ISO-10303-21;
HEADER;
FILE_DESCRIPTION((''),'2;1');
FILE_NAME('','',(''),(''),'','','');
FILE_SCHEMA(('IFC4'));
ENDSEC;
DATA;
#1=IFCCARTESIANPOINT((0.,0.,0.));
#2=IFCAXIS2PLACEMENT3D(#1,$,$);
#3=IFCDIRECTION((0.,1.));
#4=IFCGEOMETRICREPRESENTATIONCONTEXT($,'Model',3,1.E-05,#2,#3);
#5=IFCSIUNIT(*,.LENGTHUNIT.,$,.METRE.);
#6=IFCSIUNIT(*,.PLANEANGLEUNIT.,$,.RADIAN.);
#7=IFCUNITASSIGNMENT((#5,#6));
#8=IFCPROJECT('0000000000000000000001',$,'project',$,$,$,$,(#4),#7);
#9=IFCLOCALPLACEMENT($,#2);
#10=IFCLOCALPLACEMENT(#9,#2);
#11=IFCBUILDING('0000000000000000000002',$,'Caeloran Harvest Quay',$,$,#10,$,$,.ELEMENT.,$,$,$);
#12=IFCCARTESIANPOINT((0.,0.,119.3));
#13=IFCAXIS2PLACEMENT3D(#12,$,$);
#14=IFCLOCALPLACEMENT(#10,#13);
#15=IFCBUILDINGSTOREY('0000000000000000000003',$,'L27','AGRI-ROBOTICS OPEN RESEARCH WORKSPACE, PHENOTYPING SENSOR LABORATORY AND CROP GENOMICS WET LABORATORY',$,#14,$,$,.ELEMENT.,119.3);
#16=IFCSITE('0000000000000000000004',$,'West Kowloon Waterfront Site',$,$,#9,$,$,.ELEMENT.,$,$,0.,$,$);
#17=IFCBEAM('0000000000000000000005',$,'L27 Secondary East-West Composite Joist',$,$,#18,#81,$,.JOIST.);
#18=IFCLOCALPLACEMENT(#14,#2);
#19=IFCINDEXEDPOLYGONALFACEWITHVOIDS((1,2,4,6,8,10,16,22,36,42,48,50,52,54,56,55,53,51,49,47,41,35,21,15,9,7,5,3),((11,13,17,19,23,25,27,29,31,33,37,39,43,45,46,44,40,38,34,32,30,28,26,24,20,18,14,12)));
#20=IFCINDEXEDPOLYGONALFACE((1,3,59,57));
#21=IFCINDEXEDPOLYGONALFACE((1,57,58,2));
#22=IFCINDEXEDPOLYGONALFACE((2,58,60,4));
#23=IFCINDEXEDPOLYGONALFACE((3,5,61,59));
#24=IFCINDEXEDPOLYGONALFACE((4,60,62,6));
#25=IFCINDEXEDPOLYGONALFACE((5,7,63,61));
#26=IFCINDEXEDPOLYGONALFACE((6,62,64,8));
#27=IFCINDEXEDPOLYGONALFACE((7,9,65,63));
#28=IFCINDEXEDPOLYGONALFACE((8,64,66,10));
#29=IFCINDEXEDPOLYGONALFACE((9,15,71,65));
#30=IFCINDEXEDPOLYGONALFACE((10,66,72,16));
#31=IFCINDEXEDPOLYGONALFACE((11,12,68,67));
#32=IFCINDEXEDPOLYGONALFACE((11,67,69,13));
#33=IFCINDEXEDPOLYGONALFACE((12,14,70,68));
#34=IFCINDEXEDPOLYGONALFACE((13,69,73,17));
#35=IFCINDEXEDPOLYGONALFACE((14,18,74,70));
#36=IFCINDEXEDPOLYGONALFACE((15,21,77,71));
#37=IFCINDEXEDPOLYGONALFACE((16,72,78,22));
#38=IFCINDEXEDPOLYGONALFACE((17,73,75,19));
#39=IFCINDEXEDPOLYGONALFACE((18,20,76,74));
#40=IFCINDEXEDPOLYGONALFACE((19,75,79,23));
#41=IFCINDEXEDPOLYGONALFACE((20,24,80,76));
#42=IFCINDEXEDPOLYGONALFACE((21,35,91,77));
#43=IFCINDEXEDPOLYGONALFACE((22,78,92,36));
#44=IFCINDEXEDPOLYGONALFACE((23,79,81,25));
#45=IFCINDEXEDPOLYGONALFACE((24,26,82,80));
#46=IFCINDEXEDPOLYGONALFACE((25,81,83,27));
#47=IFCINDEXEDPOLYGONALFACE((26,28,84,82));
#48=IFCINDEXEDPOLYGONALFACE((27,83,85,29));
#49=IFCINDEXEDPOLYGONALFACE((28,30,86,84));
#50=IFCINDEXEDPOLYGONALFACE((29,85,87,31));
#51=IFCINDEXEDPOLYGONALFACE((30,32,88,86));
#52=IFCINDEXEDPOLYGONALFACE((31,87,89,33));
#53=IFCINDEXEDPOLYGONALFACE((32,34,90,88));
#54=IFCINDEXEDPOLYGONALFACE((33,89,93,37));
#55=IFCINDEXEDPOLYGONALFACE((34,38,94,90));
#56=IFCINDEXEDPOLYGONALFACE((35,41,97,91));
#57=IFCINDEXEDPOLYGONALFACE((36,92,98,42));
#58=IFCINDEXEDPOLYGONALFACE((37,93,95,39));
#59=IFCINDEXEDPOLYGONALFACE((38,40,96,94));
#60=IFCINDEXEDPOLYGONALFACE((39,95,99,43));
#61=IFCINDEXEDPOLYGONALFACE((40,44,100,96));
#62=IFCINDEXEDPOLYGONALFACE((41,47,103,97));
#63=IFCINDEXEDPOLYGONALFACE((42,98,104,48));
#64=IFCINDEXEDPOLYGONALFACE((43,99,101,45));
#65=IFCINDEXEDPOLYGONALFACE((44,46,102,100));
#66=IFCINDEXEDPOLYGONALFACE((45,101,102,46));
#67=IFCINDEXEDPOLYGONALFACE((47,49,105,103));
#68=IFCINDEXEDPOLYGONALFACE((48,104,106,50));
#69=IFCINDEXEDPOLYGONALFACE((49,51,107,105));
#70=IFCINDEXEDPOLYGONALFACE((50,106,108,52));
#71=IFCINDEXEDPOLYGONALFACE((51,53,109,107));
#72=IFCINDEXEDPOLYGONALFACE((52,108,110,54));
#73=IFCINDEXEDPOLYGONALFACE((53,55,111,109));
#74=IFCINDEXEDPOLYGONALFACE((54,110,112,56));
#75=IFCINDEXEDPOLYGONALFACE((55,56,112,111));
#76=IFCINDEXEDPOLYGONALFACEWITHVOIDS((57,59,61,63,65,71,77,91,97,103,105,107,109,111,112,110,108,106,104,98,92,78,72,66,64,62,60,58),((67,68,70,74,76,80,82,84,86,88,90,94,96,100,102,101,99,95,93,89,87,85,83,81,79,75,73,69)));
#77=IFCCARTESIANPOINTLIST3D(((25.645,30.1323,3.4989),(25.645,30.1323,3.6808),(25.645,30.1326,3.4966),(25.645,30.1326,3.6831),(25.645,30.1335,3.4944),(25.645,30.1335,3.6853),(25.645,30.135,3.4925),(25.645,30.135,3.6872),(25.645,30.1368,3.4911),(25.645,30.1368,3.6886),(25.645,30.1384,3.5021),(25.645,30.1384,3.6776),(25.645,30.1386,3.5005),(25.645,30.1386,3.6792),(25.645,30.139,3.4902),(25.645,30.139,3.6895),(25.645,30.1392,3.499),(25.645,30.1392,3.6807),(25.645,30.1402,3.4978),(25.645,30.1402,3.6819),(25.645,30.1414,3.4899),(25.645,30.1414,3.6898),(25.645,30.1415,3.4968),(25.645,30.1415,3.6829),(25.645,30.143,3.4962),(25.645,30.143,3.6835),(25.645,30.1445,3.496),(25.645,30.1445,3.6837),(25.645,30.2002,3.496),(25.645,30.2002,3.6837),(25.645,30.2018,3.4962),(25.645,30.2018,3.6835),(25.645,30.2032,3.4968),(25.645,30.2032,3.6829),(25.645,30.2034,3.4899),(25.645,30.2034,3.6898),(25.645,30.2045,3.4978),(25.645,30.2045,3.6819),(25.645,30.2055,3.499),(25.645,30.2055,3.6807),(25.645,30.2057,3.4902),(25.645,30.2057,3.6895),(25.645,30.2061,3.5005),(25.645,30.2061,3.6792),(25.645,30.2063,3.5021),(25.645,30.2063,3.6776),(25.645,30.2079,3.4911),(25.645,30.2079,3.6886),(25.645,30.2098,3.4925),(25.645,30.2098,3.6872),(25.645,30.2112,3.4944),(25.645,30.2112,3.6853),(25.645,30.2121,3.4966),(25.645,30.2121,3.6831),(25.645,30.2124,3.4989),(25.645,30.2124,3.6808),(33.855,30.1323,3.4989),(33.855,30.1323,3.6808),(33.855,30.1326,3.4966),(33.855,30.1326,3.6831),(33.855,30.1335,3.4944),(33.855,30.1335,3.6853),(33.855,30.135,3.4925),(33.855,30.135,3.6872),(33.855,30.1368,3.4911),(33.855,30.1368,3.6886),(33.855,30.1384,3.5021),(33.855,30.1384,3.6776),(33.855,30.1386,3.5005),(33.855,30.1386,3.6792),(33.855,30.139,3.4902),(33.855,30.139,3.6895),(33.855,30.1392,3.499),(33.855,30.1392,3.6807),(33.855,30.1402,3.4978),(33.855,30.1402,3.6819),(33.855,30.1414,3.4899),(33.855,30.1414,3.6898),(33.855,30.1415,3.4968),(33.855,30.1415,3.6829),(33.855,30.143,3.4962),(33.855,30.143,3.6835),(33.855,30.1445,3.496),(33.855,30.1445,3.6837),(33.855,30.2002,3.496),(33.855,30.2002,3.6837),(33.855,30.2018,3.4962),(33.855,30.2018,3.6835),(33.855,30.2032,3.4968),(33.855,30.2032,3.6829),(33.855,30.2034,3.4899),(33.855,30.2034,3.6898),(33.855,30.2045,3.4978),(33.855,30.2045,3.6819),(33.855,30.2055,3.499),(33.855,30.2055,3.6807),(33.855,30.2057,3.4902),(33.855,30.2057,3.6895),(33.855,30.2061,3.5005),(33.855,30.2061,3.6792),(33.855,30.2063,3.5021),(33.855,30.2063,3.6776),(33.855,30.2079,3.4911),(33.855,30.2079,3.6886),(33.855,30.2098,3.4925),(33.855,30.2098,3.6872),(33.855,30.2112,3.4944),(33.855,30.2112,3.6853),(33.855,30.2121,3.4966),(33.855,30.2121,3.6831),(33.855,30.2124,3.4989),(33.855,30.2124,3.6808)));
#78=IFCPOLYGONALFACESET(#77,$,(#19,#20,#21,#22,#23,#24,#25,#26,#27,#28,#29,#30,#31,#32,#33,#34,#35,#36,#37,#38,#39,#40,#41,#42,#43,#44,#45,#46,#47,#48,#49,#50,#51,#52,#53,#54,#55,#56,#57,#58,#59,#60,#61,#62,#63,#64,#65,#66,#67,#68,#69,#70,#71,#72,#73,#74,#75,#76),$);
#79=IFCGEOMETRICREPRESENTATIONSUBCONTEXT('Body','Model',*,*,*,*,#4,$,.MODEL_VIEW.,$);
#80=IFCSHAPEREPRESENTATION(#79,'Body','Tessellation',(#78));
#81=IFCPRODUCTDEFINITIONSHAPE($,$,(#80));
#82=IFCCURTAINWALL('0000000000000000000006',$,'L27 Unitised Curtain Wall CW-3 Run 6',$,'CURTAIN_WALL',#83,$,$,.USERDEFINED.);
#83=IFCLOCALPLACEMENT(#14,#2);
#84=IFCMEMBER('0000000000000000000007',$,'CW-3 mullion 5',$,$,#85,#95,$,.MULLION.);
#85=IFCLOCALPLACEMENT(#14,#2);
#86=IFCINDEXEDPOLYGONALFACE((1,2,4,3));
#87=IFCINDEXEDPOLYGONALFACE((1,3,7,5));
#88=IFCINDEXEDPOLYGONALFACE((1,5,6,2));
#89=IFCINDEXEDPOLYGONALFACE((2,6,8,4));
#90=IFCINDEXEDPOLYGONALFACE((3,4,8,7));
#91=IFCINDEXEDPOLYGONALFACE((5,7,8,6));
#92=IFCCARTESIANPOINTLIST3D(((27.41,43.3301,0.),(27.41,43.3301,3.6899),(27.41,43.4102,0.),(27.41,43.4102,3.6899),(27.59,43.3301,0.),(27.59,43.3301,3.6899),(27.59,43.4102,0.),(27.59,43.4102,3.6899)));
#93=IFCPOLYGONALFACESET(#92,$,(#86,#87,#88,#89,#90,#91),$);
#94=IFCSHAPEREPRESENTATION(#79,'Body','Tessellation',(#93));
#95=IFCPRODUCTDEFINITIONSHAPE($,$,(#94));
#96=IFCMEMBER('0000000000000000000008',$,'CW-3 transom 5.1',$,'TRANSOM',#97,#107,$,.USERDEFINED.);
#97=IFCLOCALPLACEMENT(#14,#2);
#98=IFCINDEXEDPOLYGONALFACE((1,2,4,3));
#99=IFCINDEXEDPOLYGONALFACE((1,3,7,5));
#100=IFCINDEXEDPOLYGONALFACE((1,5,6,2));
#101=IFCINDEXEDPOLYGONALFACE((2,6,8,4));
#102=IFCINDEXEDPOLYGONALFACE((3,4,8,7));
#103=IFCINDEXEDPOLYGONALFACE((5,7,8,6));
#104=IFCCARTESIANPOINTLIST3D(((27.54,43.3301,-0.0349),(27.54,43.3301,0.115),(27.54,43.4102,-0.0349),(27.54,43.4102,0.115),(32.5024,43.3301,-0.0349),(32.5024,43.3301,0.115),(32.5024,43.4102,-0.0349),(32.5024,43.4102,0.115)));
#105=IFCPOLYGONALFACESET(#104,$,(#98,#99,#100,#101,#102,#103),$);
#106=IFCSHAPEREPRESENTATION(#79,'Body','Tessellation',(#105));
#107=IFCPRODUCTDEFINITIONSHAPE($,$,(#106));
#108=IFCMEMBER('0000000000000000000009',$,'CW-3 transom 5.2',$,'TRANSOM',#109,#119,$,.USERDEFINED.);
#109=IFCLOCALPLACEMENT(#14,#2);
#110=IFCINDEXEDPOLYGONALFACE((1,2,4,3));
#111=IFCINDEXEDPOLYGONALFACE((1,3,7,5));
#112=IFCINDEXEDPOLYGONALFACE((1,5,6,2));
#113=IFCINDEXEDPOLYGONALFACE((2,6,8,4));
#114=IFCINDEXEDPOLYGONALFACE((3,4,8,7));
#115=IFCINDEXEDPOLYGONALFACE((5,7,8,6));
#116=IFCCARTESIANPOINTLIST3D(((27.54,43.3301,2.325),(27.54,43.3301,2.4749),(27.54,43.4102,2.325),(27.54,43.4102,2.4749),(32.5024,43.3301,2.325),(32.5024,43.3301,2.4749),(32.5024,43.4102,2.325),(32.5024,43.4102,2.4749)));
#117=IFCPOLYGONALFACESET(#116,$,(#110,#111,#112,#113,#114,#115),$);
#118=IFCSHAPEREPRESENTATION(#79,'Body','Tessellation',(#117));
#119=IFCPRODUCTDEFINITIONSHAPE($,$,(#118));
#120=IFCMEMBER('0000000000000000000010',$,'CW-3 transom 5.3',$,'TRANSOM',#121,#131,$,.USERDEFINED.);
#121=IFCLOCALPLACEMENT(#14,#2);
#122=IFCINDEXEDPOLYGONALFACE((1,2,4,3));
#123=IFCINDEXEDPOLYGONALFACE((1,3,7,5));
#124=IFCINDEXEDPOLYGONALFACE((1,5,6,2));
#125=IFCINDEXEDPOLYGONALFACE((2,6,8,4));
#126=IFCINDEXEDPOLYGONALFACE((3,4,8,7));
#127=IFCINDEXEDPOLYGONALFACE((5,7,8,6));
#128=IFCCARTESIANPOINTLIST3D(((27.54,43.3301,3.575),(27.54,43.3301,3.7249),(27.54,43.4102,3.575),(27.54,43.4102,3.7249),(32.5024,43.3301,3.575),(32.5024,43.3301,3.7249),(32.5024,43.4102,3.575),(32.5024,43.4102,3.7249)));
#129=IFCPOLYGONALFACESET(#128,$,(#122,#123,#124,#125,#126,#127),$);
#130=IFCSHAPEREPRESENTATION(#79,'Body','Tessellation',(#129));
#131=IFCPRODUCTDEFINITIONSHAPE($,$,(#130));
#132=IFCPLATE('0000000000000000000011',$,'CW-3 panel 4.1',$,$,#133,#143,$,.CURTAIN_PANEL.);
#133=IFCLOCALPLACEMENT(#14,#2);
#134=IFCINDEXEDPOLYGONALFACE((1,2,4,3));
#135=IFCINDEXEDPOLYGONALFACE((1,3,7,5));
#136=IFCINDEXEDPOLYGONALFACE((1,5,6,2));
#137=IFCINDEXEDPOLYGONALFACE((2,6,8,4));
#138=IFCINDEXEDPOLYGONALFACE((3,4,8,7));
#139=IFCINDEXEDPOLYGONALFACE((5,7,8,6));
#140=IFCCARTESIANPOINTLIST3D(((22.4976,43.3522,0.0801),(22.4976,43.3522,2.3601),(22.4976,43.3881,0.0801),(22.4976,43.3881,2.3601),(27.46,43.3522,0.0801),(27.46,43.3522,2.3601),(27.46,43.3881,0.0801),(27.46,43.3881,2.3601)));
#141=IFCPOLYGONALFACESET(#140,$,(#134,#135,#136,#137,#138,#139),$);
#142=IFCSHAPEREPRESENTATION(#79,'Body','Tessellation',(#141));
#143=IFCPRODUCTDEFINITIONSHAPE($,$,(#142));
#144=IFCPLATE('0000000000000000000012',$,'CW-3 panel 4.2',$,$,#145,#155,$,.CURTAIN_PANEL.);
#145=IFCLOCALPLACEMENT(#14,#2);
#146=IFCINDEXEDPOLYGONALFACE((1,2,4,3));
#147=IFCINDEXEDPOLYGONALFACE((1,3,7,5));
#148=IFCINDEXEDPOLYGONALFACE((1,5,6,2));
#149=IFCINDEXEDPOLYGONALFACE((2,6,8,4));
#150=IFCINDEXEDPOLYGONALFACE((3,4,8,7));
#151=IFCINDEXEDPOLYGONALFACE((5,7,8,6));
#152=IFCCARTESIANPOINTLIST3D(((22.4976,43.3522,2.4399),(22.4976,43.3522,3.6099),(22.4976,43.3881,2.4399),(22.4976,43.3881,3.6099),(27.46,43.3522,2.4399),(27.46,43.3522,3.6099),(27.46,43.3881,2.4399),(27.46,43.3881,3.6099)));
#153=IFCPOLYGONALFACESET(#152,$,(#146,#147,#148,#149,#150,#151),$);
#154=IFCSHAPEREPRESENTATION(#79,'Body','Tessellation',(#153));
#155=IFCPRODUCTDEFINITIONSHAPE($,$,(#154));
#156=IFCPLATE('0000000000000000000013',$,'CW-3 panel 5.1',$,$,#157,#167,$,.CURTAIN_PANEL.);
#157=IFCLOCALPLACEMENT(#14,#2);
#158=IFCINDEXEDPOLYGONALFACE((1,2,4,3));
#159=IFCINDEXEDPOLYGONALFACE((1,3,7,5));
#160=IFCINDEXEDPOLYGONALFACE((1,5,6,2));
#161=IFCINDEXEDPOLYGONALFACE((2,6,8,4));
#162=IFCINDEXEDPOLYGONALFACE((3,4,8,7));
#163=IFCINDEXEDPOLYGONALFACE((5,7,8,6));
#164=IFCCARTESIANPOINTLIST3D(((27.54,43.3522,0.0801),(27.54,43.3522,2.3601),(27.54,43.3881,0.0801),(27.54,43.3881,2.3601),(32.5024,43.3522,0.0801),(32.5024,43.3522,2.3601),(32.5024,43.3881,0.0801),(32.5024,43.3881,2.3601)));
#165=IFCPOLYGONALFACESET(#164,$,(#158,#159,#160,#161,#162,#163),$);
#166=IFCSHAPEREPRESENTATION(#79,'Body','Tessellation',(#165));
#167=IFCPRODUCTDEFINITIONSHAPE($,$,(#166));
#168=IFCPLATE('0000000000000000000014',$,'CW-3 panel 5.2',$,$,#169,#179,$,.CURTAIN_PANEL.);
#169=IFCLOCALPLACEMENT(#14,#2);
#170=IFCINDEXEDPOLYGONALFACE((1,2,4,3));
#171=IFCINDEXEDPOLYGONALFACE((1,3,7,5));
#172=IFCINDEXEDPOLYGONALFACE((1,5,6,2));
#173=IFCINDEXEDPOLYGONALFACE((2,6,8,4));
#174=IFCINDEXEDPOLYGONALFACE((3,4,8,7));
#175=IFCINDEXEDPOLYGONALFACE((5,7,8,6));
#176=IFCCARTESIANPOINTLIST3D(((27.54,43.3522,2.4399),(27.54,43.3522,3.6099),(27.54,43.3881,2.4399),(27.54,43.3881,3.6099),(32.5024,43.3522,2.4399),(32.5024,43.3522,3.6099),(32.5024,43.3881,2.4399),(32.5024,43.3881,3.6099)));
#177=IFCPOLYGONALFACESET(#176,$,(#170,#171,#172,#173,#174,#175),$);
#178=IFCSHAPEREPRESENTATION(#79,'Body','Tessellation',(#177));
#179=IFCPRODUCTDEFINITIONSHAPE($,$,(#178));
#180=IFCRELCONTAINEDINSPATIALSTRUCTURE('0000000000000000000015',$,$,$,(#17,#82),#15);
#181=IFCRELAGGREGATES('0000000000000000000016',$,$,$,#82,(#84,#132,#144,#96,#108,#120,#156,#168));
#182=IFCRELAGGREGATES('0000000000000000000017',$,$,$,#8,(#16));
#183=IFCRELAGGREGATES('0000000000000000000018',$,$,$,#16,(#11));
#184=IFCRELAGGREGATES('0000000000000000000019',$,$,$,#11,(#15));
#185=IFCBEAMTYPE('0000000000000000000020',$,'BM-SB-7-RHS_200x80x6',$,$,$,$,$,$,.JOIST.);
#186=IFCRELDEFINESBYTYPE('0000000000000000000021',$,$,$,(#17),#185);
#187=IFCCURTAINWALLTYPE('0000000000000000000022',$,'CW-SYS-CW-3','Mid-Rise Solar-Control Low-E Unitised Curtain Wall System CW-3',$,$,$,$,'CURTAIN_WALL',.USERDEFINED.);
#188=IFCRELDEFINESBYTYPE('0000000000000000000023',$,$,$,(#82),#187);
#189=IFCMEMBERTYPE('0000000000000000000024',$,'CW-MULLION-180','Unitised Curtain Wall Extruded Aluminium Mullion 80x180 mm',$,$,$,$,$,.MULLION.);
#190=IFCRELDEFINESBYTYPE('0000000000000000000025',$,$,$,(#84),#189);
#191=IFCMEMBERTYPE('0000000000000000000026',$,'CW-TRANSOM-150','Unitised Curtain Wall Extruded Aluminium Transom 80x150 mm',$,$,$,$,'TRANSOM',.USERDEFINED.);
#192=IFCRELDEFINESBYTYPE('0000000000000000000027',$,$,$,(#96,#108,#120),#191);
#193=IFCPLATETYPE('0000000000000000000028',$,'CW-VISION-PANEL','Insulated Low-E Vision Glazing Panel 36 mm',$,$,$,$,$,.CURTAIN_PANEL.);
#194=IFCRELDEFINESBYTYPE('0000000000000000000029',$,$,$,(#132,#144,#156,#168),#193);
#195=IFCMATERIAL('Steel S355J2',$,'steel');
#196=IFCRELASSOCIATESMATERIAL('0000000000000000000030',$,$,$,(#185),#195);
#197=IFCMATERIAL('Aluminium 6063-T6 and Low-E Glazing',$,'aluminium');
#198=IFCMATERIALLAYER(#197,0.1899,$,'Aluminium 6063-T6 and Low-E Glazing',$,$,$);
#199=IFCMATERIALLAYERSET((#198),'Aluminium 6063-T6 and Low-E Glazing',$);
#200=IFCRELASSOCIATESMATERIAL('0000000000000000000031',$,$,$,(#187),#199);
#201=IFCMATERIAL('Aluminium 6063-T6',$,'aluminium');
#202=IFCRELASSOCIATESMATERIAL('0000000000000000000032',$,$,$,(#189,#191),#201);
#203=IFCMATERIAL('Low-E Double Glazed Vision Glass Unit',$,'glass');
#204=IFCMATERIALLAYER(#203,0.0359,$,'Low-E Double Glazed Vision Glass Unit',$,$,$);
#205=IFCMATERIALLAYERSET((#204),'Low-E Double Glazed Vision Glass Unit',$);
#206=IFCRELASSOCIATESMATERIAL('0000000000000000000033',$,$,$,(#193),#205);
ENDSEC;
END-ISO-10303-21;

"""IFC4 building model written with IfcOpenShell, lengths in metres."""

from ifc_helpers import new_model, si_unit, direction, frame, origin, origin_2d, place, context, subcontext, project, spatial, rectangle, hollow_rectangle, extrude, material, layer, layer_set, material_profile, profile_set, type_object, element, aggregate, save


model = new_model("IFC4")

# Units and contexts
model_context = context("Model", 3, precision=1e-05, world=origin(), true_north=direction((0.0, 1.0)))
body_context = subcontext(model_context, "Body", "Model", "MODEL_VIEW")
ifc_project = project(units=[si_unit("LENGTHUNIT", "METRE"), si_unit("PLANEANGLEUNIT", "RADIAN")], contexts=[model_context])

# Site, building, storey
site_placement = place(None, origin())
site = spatial("IfcSite", under=ifc_project, at=site_placement, Name="West Kowloon Waterfront Site", CompositionType="ELEMENT", RefElevation=0.0)
building_placement = place(site_placement, origin())
building = spatial("IfcBuilding", under=site, at=building_placement, Name="Caeloran Harvest Quay", CompositionType="ELEMENT")
storey_placement = place(building_placement, frame((0.0, 0.0, 119.3)))
storey = spatial("IfcBuildingStorey", under=building, at=storey_placement, Name="L27", Description="AGRI-ROBOTICS OPEN RESEARCH WORKSPACE, PHENOTYPING SENSOR LABORATORY AND CROP GENOMICS WET LABORATORY", CompositionType="ELEMENT", Elevation=119.3)

# Beam
ifc_material_1 = material(Name="Steel S355J2", Category="steel")
ifc_material_profile_1 = material_profile(ifc_material_1, hollow_rectangle(XDim=0.0801, YDim=0.2, WallThickness=0.0061, InnerFilletRadius=0.0061, OuterFilletRadius=0.009, at=origin_2d()), Name="RHS 200x80x6")
ifc_profile_set_1 = profile_set([ifc_material_profile_1], Name="Steel S355J2")
beam_type_1 = type_object("IfcBeamType", Name="BM-SB-7-RHS_200x80x6", PredefinedType="JOIST", material=ifc_profile_set_1)
beam_1_placement = place(storey_placement, frame((25.645, 30.1724, 3.5898), z_axis=(1.0, 0.0, 0.0), x_axis=(0.0, 1.0, 0.0)))
element("IfcBeam", 1, at=beam_1_placement, inside=storey, type_object=beam_type_1, Name="L27 Secondary East-West Composite Joist", PredefinedType="JOIST", context=body_context, shape_type="SweptSolid", body=[
    extrude(hollow_rectangle(XDim=0.0801, YDim=0.2, WallThickness=0.0061, InnerFilletRadius=0.0061, OuterFilletRadius=0.009, at=origin_2d()), origin(), (0.0, 0.0, 1.0), 8.21),
])

# Curtain wall, members, plates
ifc_material_2 = material(Name="Aluminium 6063-T6 and Low-E Glazing", Category="aluminium")
ifc_layer_1 = layer(ifc_material_2, 0.1899, Name="Aluminium 6063-T6 and Low-E Glazing")
ifc_layer_set_1 = layer_set([ifc_layer_1], Name="Aluminium 6063-T6 and Low-E Glazing")
curtain_wall_type = type_object("IfcCurtainWallType", Name="CW-SYS-CW-3", Description="Mid-Rise Solar-Control Low-E Unitised Curtain Wall System CW-3", ElementType="CURTAIN_WALL", PredefinedType="USERDEFINED", material=ifc_layer_set_1)
curtain_wall_placement = place(storey_placement, origin())
curtain_wall = element("IfcCurtainWall", 2, at=curtain_wall_placement, inside=storey, type_object=curtain_wall_type, Name="L27 Unitised Curtain Wall CW-3 Run 6", ObjectType="CURTAIN_WALL", PredefinedType="USERDEFINED")
ifc_material_3 = material(Name="Aluminium 6063-T6", Category="aluminium")
ifc_material_profile_2 = material_profile(ifc_material_3, rectangle(XDim=0.0801, YDim=0.1799, at=origin_2d()), Name="CW-MULLION-180")
ifc_profile_set_2 = profile_set([ifc_material_profile_2], Name="Aluminium 6063-T6")
member_type_1 = type_object("IfcMemberType", Name="CW-MULLION-180", Description="Unitised Curtain Wall Extruded Aluminium Mullion 80x180 mm", PredefinedType="MULLION", material=ifc_profile_set_2)
member_1_placement = place(storey_placement, frame((27.5, 43.3701, 0.0), z_axis=(0.0, 0.0, 1.0), x_axis=(0.0, 1.0, 0.0)))
member_1 = element("IfcMember", 3, at=member_1_placement, type_object=member_type_1, Name="CW-3 mullion 5", PredefinedType="MULLION", context=body_context, shape_type="SweptSolid", body=[
    extrude(rectangle(XDim=0.0801, YDim=0.1799, at=origin_2d()), origin(), (0.0, 0.0, 1.0), 3.6899),
])
ifc_material_profile_3 = material_profile(ifc_material_3, rectangle(XDim=0.0801, YDim=0.1499, at=origin_2d()), Name="CW-TRANSOM-150")
ifc_profile_set_3 = profile_set([ifc_material_profile_3], Name="Aluminium 6063-T6")
member_type_2 = type_object("IfcMemberType", Name="CW-TRANSOM-150", Description="Unitised Curtain Wall Extruded Aluminium Transom 80x150 mm", ElementType="TRANSOM", PredefinedType="USERDEFINED", material=ifc_profile_set_3)
member_2_placement = place(storey_placement, frame((27.54, 43.3701, 0.04), z_axis=(1.0, 0.0, 0.0), x_axis=(0.0, 1.0, 0.0)))
member_2 = element("IfcMember", 4, at=member_2_placement, type_object=member_type_2, Name="CW-3 transom 5.1", ObjectType="TRANSOM", PredefinedType="USERDEFINED", context=body_context, shape_type="SweptSolid", body=[
    extrude(rectangle(XDim=0.0801, YDim=0.1499, at=origin_2d()), origin(), (0.0, 0.0, 1.0), 4.9624),
])
member_3_placement = place(storey_placement, frame((27.54, 43.3701, 2.3999), z_axis=(1.0, 0.0, 0.0), x_axis=(0.0, 1.0, 0.0)))
member_3 = element("IfcMember", 5, at=member_3_placement, type_object=member_type_2, Name="CW-3 transom 5.2", ObjectType="TRANSOM", PredefinedType="USERDEFINED", context=body_context, shape_type="SweptSolid", body=[
    extrude(rectangle(XDim=0.0801, YDim=0.1499, at=origin_2d()), origin(), (0.0, 0.0, 1.0), 4.9624),
])
member_4_placement = place(storey_placement, frame((27.54, 43.3701, 3.6499), z_axis=(1.0, 0.0, 0.0), x_axis=(0.0, 1.0, 0.0)))
member_4 = element("IfcMember", 6, at=member_4_placement, type_object=member_type_2, Name="CW-3 transom 5.3", ObjectType="TRANSOM", PredefinedType="USERDEFINED", context=body_context, shape_type="SweptSolid", body=[
    extrude(rectangle(XDim=0.0801, YDim=0.1499, at=origin_2d()), origin(), (0.0, 0.0, 1.0), 4.9624),
])
ifc_material_4 = material(Name="Low-E Double Glazed Vision Glass Unit", Category="glass")
ifc_layer_2 = layer(ifc_material_4, 0.0359, Name="Low-E Double Glazed Vision Glass Unit")
ifc_layer_set_2 = layer_set([ifc_layer_2], Name="Low-E Double Glazed Vision Glass Unit")
plate_type = type_object("IfcPlateType", Name="CW-VISION-PANEL", Description="Insulated Low-E Vision Glazing Panel 36 mm", PredefinedType="CURTAIN_PANEL", material=ifc_layer_set_2)
plate_1_placement = place(storey_placement, frame((24.9788, 43.3701, 0.0801), z_axis=(0.0, 0.0, 1.0), x_axis=(1.0, 0.0, 0.0)))
plate_1 = element("IfcPlate", 7, at=plate_1_placement, type_object=plate_type, Name="CW-3 panel 4.1", PredefinedType="CURTAIN_PANEL", context=body_context, shape_type="SweptSolid", body=[
    extrude(rectangle(XDim=4.9624, YDim=0.0359, at=origin_2d()), origin(), (0.0, 0.0, 1.0), 2.28),
])
plate_2_placement = place(storey_placement, frame((24.9788, 43.3701, 2.4399), z_axis=(0.0, 0.0, 1.0), x_axis=(1.0, 0.0, 0.0)))
plate_2 = element("IfcPlate", 8, at=plate_2_placement, type_object=plate_type, Name="CW-3 panel 4.2", PredefinedType="CURTAIN_PANEL", context=body_context, shape_type="SweptSolid", body=[
    extrude(rectangle(XDim=4.9624, YDim=0.0359, at=origin_2d()), origin(), (0.0, 0.0, 1.0), 1.1699),
])
plate_3_placement = place(storey_placement, frame((30.0212, 43.3701, 0.0801), z_axis=(0.0, 0.0, 1.0), x_axis=(1.0, 0.0, 0.0)))
plate_3 = element("IfcPlate", 9, at=plate_3_placement, type_object=plate_type, Name="CW-3 panel 5.1", PredefinedType="CURTAIN_PANEL", context=body_context, shape_type="SweptSolid", body=[
    extrude(rectangle(XDim=4.9624, YDim=0.0359, at=origin_2d()), origin(), (0.0, 0.0, 1.0), 2.28),
])
plate_4_placement = place(storey_placement, frame((30.0212, 43.3701, 2.4399), z_axis=(0.0, 0.0, 1.0), x_axis=(1.0, 0.0, 0.0)))
plate_4 = element("IfcPlate", 10, at=plate_4_placement, type_object=plate_type, Name="CW-3 panel 5.2", PredefinedType="CURTAIN_PANEL", context=body_context, shape_type="SweptSolid", body=[
    extrude(rectangle(XDim=4.9624, YDim=0.0359, at=origin_2d()), origin(), (0.0, 0.0, 1.0), 1.1699),
])
aggregate(curtain_wall, [member_1, plate_1, plate_2, member_2, member_3, member_4, plate_3, plate_4])

save(model, "model.ifc")
